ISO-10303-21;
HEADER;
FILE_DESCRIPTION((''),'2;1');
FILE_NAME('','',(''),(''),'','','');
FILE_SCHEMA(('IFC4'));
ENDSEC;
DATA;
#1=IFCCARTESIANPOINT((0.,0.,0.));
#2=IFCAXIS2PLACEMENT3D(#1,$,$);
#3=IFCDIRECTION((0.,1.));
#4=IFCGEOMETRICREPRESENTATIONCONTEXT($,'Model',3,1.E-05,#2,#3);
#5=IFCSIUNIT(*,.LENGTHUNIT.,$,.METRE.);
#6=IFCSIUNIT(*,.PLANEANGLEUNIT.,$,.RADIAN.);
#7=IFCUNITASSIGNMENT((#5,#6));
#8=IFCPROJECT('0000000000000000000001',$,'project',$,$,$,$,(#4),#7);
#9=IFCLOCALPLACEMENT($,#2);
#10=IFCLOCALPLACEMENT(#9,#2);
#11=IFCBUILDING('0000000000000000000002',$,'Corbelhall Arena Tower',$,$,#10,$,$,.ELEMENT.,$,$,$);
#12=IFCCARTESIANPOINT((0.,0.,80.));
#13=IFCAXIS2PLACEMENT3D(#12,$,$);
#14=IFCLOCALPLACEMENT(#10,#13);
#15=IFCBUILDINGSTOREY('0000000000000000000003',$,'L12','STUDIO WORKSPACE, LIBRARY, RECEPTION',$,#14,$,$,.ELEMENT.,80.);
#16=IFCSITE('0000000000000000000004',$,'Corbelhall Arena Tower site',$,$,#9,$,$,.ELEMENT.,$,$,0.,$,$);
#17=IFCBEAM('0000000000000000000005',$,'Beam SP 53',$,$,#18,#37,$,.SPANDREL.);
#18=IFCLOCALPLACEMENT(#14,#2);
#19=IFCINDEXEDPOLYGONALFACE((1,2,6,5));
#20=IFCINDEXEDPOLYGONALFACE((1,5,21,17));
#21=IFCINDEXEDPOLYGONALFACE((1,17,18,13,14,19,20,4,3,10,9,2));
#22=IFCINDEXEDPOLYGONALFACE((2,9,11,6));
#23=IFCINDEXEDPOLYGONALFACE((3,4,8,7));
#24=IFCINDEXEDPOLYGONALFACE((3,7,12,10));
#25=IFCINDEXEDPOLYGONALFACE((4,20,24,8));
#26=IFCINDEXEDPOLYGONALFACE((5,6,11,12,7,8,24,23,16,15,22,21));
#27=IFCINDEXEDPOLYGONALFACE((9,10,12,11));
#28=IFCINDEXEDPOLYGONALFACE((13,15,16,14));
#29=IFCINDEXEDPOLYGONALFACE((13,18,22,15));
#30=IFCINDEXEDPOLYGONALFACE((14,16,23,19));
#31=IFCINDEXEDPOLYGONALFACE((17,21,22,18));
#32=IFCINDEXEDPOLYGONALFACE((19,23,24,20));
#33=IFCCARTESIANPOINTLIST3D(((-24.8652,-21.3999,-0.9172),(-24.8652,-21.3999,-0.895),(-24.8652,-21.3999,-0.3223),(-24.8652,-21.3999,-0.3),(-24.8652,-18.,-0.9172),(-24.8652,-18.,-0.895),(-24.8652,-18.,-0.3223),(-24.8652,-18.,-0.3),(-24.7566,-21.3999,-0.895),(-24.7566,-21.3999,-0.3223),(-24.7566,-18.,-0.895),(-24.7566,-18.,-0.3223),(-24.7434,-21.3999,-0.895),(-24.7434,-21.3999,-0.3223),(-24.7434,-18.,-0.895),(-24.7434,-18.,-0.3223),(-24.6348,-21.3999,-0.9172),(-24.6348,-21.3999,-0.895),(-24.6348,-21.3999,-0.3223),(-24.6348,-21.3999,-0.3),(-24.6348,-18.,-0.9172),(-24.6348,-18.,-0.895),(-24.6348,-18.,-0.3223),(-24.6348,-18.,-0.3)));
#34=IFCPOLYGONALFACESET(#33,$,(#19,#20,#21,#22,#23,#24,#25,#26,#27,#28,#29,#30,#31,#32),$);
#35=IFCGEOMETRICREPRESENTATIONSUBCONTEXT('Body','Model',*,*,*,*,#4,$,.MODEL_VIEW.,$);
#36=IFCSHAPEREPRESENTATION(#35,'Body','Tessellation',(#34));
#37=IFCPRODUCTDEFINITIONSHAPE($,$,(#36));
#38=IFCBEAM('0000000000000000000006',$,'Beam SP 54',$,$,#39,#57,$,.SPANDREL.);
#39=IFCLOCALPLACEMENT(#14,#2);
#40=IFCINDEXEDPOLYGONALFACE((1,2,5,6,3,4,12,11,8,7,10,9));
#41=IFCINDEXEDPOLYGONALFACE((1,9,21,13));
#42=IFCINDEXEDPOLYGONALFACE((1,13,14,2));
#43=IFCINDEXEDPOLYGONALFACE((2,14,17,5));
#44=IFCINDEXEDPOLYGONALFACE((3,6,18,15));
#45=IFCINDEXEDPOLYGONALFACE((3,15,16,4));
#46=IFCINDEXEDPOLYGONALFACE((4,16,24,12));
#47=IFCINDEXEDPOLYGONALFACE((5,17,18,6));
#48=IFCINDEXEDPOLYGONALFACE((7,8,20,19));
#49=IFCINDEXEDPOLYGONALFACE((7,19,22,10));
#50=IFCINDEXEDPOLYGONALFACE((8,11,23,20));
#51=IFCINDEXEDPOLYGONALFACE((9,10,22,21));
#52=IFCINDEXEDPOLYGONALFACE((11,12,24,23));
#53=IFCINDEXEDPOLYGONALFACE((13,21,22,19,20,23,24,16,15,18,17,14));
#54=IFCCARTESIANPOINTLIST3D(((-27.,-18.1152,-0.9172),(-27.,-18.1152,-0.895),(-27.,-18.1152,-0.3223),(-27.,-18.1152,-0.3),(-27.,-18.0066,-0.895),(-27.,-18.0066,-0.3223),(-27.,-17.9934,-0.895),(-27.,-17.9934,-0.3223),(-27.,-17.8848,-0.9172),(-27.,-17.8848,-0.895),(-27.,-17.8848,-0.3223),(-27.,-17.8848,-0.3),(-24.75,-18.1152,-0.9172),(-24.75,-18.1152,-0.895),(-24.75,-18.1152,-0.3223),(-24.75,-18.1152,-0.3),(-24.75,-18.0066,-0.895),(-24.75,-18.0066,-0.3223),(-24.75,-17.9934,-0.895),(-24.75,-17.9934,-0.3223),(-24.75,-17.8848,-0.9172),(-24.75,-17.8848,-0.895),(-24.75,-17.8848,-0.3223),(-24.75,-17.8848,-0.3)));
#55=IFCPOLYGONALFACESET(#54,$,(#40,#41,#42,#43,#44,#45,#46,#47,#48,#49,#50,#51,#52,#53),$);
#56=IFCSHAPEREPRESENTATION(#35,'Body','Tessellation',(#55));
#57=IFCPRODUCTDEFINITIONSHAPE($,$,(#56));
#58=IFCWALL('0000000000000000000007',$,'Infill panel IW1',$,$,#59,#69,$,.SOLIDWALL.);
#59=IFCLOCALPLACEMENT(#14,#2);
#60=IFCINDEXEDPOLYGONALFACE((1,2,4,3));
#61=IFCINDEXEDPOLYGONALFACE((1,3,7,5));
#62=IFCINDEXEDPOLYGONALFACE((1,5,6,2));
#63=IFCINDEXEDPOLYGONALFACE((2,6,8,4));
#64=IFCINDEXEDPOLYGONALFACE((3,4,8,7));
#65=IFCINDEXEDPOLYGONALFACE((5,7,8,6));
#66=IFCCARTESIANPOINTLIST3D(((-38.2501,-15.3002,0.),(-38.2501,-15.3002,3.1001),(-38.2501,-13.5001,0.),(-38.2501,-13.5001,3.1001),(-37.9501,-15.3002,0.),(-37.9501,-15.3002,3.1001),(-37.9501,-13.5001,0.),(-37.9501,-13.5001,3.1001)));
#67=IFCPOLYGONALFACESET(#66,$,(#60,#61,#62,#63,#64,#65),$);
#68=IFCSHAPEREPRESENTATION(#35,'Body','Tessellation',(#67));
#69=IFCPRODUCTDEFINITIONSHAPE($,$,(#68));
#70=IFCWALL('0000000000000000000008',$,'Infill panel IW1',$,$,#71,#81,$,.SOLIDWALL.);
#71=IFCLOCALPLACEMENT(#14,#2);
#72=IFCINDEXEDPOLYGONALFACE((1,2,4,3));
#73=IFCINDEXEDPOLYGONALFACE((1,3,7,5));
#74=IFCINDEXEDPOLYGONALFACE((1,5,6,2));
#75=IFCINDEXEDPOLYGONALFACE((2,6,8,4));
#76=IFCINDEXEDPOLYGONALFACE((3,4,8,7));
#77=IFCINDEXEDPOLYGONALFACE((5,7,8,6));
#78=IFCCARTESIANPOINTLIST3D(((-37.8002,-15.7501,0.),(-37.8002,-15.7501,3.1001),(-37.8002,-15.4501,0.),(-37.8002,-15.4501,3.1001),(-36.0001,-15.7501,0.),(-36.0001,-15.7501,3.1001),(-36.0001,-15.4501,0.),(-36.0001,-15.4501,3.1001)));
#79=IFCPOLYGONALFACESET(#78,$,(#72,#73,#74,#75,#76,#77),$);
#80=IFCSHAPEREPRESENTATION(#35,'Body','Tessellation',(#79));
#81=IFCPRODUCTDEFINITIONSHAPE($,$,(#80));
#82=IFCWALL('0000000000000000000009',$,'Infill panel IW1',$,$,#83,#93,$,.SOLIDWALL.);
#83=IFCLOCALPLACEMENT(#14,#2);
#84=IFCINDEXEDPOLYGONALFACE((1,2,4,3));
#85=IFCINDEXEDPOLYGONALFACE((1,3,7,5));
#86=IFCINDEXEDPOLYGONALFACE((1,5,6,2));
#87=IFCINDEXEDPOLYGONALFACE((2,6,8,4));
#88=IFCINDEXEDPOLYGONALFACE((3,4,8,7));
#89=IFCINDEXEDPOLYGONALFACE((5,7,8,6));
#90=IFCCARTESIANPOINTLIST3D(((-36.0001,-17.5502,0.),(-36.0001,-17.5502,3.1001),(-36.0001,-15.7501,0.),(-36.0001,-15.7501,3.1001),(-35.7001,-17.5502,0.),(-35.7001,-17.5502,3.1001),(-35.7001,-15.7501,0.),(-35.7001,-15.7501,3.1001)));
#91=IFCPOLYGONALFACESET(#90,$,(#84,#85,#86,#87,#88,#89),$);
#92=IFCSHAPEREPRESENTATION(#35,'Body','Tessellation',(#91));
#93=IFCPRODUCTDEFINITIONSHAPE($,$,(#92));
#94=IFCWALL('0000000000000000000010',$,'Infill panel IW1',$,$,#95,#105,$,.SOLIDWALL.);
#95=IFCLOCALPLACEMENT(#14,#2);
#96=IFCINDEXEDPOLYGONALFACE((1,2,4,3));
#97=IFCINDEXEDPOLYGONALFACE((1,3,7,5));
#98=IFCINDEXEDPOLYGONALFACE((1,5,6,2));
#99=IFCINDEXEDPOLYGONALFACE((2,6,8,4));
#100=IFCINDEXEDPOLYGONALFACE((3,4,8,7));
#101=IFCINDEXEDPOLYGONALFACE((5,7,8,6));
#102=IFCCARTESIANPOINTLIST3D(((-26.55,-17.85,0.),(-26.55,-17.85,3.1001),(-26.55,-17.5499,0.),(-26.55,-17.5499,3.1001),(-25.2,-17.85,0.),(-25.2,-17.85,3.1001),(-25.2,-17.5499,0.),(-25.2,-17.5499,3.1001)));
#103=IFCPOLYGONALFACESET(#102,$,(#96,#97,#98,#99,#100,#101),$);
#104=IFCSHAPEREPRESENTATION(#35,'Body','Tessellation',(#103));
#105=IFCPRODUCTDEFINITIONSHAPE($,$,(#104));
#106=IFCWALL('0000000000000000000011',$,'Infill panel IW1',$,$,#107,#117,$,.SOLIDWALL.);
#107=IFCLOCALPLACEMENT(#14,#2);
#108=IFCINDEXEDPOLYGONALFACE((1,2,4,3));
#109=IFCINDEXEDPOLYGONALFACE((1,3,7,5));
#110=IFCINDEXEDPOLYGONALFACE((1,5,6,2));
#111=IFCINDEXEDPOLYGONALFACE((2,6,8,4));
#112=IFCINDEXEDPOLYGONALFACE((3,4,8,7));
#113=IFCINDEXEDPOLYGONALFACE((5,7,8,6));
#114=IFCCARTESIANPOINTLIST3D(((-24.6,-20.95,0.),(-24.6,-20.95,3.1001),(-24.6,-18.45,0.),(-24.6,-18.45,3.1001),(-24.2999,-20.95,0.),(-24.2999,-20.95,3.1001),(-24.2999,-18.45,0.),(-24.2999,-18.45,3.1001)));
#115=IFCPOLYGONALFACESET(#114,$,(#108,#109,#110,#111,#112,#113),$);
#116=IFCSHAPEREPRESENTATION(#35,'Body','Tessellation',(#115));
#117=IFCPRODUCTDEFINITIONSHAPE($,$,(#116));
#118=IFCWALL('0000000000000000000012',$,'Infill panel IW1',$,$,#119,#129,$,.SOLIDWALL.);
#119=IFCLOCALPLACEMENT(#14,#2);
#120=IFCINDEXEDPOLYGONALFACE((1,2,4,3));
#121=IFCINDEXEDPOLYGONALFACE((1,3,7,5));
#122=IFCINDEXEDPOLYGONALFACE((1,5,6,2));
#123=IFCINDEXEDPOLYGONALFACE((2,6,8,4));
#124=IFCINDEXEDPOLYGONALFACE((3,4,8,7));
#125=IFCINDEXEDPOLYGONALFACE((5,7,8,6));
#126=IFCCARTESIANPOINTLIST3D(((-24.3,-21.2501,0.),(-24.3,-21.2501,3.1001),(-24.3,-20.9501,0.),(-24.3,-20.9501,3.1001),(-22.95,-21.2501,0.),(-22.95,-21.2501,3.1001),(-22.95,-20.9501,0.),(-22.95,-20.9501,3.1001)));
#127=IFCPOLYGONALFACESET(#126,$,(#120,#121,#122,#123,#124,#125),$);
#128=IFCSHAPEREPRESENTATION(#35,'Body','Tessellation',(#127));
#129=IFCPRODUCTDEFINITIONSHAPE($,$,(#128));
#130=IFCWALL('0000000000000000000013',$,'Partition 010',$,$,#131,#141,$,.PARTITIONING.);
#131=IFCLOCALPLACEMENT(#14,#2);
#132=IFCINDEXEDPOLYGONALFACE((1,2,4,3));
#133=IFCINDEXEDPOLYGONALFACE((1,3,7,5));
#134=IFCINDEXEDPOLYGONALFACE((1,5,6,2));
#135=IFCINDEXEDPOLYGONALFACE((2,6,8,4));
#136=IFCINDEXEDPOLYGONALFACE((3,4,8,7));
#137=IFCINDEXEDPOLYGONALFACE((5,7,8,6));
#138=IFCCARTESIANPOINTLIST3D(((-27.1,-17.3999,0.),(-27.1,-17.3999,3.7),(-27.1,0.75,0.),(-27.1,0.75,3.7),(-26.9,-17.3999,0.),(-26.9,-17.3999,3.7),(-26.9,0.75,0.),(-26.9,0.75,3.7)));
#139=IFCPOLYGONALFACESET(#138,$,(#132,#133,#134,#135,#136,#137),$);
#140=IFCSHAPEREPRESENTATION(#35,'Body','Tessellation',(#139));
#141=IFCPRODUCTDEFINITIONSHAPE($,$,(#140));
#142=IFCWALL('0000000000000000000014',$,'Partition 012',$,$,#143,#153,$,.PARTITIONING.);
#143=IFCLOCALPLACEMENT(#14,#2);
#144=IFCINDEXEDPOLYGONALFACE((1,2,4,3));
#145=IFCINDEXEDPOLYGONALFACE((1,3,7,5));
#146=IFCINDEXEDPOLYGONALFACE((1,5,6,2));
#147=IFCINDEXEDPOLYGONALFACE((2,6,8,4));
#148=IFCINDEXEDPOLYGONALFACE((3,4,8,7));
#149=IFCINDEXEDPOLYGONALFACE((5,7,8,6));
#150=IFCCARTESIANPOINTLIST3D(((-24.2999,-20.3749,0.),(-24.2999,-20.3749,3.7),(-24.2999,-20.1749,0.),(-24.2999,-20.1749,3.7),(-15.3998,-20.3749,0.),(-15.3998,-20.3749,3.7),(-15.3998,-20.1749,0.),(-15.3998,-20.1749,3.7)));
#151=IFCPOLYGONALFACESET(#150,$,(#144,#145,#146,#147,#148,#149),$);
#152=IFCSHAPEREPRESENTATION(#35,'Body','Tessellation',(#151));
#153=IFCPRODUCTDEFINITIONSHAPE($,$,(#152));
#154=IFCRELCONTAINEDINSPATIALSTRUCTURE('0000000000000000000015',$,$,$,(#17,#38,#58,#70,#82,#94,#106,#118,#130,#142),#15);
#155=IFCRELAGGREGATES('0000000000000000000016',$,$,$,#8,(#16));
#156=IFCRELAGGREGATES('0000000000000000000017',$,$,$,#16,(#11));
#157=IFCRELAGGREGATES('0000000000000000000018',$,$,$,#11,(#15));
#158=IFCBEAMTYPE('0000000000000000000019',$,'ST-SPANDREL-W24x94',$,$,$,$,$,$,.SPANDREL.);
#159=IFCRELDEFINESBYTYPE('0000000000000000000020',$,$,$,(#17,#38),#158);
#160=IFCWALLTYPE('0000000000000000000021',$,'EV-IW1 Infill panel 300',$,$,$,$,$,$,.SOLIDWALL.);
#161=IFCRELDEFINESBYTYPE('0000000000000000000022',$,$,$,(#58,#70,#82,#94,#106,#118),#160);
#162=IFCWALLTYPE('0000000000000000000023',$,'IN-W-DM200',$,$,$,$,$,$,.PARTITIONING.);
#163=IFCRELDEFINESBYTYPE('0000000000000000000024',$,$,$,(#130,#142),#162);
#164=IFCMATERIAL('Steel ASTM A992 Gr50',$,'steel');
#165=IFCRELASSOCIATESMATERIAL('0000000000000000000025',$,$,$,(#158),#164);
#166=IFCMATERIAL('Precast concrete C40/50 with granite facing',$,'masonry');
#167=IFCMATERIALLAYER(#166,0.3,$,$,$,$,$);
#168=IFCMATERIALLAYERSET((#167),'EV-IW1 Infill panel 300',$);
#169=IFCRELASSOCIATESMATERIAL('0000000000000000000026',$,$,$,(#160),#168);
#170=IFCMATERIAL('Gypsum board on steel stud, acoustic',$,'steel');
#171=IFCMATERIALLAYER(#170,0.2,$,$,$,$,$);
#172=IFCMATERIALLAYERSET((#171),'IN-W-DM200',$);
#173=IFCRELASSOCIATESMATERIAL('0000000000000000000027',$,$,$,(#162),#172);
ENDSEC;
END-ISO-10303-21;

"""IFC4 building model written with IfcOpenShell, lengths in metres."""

from ifc_helpers import new_model, si_unit, direction, frame, frame_2d, origin, origin_2d, place, context, subcontext, project, spatial, rectangle, i_section, extrude, material, layer, layer_set, material_profile, profile_set, type_object, element, save


model = new_model("IFC4")

# Units and contexts
model_context = context("Model", 3, precision=1e-05, world=origin(), true_north=direction((0.0, 1.0)))
body_context = subcontext(model_context, "Body", "Model", "MODEL_VIEW")
ifc_project = project(units=[si_unit("LENGTHUNIT", "METRE"), si_unit("PLANEANGLEUNIT", "RADIAN")], contexts=[model_context])

# Site, building, storey
site_placement = place(None, origin())
site = spatial("IfcSite", under=ifc_project, at=site_placement, Name="Corbelhall Arena Tower site", CompositionType="ELEMENT", RefElevation=0.0)
building_placement = place(site_placement, origin())
building = spatial("IfcBuilding", under=site, at=building_placement, Name="Corbelhall Arena Tower", CompositionType="ELEMENT")
storey_placement = place(building_placement, frame((0.0, 0.0, 80.0)))
storey = spatial("IfcBuildingStorey", under=building, at=storey_placement, Name="L12", Description="STUDIO WORKSPACE, LIBRARY, RECEPTION", CompositionType="ELEMENT", Elevation=80.0)

# Beams
ifc_material_1 = material(Name="Steel ASTM A992 Gr50", Category="steel")
ifc_material_profile_1 = material_profile(ifc_material_1, i_section(OverallWidth=0.2305, OverallDepth=0.6172, WebThickness=0.0132, FlangeThickness=0.0222, at=origin_2d()))
ifc_profile_set_1 = profile_set([ifc_material_profile_1], Name="Steel ASTM A992 Gr50")
beam_type = type_object("IfcBeamType", Name="ST-SPANDREL-W24x94", PredefinedType="SPANDREL", material=ifc_profile_set_1)
beam_1_placement = place(storey_placement, frame((-24.75, -21.3999, -0.6086), z_axis=(0.0, 1.0, 0.0), x_axis=(-1.0, 0.0, 0.0)))
element("IfcBeam", 1, at=beam_1_placement, inside=storey, type_object=beam_type, Name="Beam SP 53", PredefinedType="SPANDREL", context=body_context, shape_type="SweptSolid", body=[
    extrude(i_section(OverallWidth=0.2305, OverallDepth=0.6172, WebThickness=0.0132, FlangeThickness=0.0222, at=origin_2d()), origin(), (0.0, 0.0, 1.0), 3.3999),
])
beam_2_placement = place(storey_placement, frame((-24.75, -18.0, -0.6086), z_axis=(-1.0, 0.0, 0.0), x_axis=(0.0, -1.0, 0.0)))
element("IfcBeam", 2, at=beam_2_placement, inside=storey, type_object=beam_type, Name="Beam SP 54", PredefinedType="SPANDREL", context=body_context, shape_type="SweptSolid", body=[
    extrude(i_section(OverallWidth=0.2305, OverallDepth=0.6172, WebThickness=0.0132, FlangeThickness=0.0222, at=origin_2d()), origin(), (0.0, 0.0, 1.0), 2.25),
])

# Walls
ifc_material_2 = material(Name="Precast concrete C40/50 with granite facing", Category="masonry")
ifc_layer_1 = layer(ifc_material_2, 0.3)
ifc_layer_set_1 = layer_set([ifc_layer_1], Name="EV-IW1 Infill panel 300")
wall_type_1 = type_object("IfcWallType", Name="EV-IW1 Infill panel 300", PredefinedType="SOLIDWALL", material=ifc_layer_set_1)
for number, where, z_axis, x_axis, name in (
    (3, (-38.1001, -15.3, 0.0), (0.0, 0.0, 1.0), (0.0, 1.0, 0.0), "Infill panel IW1"),
    (4, (-37.8, -15.6001, 0.0), (0.0, 0.0, 1.0), (1.0, 0.0, 0.0), "Infill panel IW1"),
    (5, (-35.8501, -17.55, 0.0), (0.0, 0.0, 1.0), (0.0, 1.0, 0.0), "Infill panel IW1"),
):
    element("IfcWall", number, at=place(storey_placement, frame(where, z_axis=z_axis, x_axis=x_axis)), inside=storey, type_object=wall_type_1, Name=name, PredefinedType="SOLIDWALL", context=body_context, shape_type="SweptSolid", body=[
        extrude(rectangle(XDim=1.8, YDim=0.3, at=frame_2d((0.8999, 0.0))), origin(), (0.0, 0.0, 1.0), 3.1001),
    ])

# Walls
wall_1_placement = place(storey_placement, frame((-26.55, -17.7, 0.0), z_axis=(0.0, 0.0, 1.0), x_axis=(1.0, 0.0, 0.0)))
element("IfcWall", 6, at=wall_1_placement, inside=storey, type_object=wall_type_1, Name="Infill panel IW1", PredefinedType="SOLIDWALL", context=body_context, shape_type="SweptSolid", body=[
    extrude(rectangle(XDim=1.3501, YDim=0.3, at=frame_2d((0.675, 0.0))), origin(), (0.0, 0.0, 1.0), 3.1001),
])
wall_2_placement = place(storey_placement, frame((-24.45, -18.45, 0.0), z_axis=(0.0, 0.0, 1.0), x_axis=(0.0, -1.0, 0.0)))
element("IfcWall", 7, at=wall_2_placement, inside=storey, type_object=wall_type_1, Name="Infill panel IW1", PredefinedType="SOLIDWALL", context=body_context, shape_type="SweptSolid", body=[
    extrude(rectangle(XDim=2.5, YDim=0.3, at=frame_2d((1.25, 0.0))), origin(), (0.0, 0.0, 1.0), 3.1001),
])
wall_3_placement = place(storey_placement, frame((-24.3, -21.1001, 0.0), z_axis=(0.0, 0.0, 1.0), x_axis=(1.0, 0.0, 0.0)))
element("IfcWall", 8, at=wall_3_placement, inside=storey, type_object=wall_type_1, Name="Infill panel IW1", PredefinedType="SOLIDWALL", context=body_context, shape_type="SweptSolid", body=[
    extrude(rectangle(XDim=1.3501, YDim=0.3, at=frame_2d((0.675, 0.0))), origin(), (0.0, 0.0, 1.0), 3.1001),
])
ifc_material_3 = material(Name="Gypsum board on steel stud, acoustic", Category="steel")
ifc_layer_2 = layer(ifc_material_3, 0.2)
ifc_layer_set_2 = layer_set([ifc_layer_2], Name="IN-W-DM200")
wall_type_2 = type_object("IfcWallType", Name="IN-W-DM200", PredefinedType="PARTITIONING", material=ifc_layer_set_2)
wall_4_placement = place(storey_placement, frame((-27.0, -17.3999, 0.0), z_axis=(0.0, 0.0, 1.0), x_axis=(0.0, 1.0, 0.0)))
element("IfcWall", 9, at=wall_4_placement, inside=storey, type_object=wall_type_2, Name="Partition 010", PredefinedType="PARTITIONING", context=body_context, shape_type="SweptSolid", body=[
    extrude(rectangle(XDim=18.1499, YDim=0.2, at=frame_2d((9.075, 0.0))), origin(), (0.0, 0.0, 1.0), 3.7),
])
wall_5_placement = place(storey_placement, frame((-24.3, -20.2749, 0.0), z_axis=(0.0, 0.0, 1.0), x_axis=(1.0, 0.0, 0.0)))
element("IfcWall", 10, at=wall_5_placement, inside=storey, type_object=wall_type_2, Name="Partition 012", PredefinedType="PARTITIONING", context=body_context, shape_type="SweptSolid", body=[
    extrude(rectangle(XDim=8.9001, YDim=0.2, at=frame_2d((4.4502, 0.0))), origin(), (0.0, 0.0, 1.0), 3.7),
])

save(model, "model.ifc")
